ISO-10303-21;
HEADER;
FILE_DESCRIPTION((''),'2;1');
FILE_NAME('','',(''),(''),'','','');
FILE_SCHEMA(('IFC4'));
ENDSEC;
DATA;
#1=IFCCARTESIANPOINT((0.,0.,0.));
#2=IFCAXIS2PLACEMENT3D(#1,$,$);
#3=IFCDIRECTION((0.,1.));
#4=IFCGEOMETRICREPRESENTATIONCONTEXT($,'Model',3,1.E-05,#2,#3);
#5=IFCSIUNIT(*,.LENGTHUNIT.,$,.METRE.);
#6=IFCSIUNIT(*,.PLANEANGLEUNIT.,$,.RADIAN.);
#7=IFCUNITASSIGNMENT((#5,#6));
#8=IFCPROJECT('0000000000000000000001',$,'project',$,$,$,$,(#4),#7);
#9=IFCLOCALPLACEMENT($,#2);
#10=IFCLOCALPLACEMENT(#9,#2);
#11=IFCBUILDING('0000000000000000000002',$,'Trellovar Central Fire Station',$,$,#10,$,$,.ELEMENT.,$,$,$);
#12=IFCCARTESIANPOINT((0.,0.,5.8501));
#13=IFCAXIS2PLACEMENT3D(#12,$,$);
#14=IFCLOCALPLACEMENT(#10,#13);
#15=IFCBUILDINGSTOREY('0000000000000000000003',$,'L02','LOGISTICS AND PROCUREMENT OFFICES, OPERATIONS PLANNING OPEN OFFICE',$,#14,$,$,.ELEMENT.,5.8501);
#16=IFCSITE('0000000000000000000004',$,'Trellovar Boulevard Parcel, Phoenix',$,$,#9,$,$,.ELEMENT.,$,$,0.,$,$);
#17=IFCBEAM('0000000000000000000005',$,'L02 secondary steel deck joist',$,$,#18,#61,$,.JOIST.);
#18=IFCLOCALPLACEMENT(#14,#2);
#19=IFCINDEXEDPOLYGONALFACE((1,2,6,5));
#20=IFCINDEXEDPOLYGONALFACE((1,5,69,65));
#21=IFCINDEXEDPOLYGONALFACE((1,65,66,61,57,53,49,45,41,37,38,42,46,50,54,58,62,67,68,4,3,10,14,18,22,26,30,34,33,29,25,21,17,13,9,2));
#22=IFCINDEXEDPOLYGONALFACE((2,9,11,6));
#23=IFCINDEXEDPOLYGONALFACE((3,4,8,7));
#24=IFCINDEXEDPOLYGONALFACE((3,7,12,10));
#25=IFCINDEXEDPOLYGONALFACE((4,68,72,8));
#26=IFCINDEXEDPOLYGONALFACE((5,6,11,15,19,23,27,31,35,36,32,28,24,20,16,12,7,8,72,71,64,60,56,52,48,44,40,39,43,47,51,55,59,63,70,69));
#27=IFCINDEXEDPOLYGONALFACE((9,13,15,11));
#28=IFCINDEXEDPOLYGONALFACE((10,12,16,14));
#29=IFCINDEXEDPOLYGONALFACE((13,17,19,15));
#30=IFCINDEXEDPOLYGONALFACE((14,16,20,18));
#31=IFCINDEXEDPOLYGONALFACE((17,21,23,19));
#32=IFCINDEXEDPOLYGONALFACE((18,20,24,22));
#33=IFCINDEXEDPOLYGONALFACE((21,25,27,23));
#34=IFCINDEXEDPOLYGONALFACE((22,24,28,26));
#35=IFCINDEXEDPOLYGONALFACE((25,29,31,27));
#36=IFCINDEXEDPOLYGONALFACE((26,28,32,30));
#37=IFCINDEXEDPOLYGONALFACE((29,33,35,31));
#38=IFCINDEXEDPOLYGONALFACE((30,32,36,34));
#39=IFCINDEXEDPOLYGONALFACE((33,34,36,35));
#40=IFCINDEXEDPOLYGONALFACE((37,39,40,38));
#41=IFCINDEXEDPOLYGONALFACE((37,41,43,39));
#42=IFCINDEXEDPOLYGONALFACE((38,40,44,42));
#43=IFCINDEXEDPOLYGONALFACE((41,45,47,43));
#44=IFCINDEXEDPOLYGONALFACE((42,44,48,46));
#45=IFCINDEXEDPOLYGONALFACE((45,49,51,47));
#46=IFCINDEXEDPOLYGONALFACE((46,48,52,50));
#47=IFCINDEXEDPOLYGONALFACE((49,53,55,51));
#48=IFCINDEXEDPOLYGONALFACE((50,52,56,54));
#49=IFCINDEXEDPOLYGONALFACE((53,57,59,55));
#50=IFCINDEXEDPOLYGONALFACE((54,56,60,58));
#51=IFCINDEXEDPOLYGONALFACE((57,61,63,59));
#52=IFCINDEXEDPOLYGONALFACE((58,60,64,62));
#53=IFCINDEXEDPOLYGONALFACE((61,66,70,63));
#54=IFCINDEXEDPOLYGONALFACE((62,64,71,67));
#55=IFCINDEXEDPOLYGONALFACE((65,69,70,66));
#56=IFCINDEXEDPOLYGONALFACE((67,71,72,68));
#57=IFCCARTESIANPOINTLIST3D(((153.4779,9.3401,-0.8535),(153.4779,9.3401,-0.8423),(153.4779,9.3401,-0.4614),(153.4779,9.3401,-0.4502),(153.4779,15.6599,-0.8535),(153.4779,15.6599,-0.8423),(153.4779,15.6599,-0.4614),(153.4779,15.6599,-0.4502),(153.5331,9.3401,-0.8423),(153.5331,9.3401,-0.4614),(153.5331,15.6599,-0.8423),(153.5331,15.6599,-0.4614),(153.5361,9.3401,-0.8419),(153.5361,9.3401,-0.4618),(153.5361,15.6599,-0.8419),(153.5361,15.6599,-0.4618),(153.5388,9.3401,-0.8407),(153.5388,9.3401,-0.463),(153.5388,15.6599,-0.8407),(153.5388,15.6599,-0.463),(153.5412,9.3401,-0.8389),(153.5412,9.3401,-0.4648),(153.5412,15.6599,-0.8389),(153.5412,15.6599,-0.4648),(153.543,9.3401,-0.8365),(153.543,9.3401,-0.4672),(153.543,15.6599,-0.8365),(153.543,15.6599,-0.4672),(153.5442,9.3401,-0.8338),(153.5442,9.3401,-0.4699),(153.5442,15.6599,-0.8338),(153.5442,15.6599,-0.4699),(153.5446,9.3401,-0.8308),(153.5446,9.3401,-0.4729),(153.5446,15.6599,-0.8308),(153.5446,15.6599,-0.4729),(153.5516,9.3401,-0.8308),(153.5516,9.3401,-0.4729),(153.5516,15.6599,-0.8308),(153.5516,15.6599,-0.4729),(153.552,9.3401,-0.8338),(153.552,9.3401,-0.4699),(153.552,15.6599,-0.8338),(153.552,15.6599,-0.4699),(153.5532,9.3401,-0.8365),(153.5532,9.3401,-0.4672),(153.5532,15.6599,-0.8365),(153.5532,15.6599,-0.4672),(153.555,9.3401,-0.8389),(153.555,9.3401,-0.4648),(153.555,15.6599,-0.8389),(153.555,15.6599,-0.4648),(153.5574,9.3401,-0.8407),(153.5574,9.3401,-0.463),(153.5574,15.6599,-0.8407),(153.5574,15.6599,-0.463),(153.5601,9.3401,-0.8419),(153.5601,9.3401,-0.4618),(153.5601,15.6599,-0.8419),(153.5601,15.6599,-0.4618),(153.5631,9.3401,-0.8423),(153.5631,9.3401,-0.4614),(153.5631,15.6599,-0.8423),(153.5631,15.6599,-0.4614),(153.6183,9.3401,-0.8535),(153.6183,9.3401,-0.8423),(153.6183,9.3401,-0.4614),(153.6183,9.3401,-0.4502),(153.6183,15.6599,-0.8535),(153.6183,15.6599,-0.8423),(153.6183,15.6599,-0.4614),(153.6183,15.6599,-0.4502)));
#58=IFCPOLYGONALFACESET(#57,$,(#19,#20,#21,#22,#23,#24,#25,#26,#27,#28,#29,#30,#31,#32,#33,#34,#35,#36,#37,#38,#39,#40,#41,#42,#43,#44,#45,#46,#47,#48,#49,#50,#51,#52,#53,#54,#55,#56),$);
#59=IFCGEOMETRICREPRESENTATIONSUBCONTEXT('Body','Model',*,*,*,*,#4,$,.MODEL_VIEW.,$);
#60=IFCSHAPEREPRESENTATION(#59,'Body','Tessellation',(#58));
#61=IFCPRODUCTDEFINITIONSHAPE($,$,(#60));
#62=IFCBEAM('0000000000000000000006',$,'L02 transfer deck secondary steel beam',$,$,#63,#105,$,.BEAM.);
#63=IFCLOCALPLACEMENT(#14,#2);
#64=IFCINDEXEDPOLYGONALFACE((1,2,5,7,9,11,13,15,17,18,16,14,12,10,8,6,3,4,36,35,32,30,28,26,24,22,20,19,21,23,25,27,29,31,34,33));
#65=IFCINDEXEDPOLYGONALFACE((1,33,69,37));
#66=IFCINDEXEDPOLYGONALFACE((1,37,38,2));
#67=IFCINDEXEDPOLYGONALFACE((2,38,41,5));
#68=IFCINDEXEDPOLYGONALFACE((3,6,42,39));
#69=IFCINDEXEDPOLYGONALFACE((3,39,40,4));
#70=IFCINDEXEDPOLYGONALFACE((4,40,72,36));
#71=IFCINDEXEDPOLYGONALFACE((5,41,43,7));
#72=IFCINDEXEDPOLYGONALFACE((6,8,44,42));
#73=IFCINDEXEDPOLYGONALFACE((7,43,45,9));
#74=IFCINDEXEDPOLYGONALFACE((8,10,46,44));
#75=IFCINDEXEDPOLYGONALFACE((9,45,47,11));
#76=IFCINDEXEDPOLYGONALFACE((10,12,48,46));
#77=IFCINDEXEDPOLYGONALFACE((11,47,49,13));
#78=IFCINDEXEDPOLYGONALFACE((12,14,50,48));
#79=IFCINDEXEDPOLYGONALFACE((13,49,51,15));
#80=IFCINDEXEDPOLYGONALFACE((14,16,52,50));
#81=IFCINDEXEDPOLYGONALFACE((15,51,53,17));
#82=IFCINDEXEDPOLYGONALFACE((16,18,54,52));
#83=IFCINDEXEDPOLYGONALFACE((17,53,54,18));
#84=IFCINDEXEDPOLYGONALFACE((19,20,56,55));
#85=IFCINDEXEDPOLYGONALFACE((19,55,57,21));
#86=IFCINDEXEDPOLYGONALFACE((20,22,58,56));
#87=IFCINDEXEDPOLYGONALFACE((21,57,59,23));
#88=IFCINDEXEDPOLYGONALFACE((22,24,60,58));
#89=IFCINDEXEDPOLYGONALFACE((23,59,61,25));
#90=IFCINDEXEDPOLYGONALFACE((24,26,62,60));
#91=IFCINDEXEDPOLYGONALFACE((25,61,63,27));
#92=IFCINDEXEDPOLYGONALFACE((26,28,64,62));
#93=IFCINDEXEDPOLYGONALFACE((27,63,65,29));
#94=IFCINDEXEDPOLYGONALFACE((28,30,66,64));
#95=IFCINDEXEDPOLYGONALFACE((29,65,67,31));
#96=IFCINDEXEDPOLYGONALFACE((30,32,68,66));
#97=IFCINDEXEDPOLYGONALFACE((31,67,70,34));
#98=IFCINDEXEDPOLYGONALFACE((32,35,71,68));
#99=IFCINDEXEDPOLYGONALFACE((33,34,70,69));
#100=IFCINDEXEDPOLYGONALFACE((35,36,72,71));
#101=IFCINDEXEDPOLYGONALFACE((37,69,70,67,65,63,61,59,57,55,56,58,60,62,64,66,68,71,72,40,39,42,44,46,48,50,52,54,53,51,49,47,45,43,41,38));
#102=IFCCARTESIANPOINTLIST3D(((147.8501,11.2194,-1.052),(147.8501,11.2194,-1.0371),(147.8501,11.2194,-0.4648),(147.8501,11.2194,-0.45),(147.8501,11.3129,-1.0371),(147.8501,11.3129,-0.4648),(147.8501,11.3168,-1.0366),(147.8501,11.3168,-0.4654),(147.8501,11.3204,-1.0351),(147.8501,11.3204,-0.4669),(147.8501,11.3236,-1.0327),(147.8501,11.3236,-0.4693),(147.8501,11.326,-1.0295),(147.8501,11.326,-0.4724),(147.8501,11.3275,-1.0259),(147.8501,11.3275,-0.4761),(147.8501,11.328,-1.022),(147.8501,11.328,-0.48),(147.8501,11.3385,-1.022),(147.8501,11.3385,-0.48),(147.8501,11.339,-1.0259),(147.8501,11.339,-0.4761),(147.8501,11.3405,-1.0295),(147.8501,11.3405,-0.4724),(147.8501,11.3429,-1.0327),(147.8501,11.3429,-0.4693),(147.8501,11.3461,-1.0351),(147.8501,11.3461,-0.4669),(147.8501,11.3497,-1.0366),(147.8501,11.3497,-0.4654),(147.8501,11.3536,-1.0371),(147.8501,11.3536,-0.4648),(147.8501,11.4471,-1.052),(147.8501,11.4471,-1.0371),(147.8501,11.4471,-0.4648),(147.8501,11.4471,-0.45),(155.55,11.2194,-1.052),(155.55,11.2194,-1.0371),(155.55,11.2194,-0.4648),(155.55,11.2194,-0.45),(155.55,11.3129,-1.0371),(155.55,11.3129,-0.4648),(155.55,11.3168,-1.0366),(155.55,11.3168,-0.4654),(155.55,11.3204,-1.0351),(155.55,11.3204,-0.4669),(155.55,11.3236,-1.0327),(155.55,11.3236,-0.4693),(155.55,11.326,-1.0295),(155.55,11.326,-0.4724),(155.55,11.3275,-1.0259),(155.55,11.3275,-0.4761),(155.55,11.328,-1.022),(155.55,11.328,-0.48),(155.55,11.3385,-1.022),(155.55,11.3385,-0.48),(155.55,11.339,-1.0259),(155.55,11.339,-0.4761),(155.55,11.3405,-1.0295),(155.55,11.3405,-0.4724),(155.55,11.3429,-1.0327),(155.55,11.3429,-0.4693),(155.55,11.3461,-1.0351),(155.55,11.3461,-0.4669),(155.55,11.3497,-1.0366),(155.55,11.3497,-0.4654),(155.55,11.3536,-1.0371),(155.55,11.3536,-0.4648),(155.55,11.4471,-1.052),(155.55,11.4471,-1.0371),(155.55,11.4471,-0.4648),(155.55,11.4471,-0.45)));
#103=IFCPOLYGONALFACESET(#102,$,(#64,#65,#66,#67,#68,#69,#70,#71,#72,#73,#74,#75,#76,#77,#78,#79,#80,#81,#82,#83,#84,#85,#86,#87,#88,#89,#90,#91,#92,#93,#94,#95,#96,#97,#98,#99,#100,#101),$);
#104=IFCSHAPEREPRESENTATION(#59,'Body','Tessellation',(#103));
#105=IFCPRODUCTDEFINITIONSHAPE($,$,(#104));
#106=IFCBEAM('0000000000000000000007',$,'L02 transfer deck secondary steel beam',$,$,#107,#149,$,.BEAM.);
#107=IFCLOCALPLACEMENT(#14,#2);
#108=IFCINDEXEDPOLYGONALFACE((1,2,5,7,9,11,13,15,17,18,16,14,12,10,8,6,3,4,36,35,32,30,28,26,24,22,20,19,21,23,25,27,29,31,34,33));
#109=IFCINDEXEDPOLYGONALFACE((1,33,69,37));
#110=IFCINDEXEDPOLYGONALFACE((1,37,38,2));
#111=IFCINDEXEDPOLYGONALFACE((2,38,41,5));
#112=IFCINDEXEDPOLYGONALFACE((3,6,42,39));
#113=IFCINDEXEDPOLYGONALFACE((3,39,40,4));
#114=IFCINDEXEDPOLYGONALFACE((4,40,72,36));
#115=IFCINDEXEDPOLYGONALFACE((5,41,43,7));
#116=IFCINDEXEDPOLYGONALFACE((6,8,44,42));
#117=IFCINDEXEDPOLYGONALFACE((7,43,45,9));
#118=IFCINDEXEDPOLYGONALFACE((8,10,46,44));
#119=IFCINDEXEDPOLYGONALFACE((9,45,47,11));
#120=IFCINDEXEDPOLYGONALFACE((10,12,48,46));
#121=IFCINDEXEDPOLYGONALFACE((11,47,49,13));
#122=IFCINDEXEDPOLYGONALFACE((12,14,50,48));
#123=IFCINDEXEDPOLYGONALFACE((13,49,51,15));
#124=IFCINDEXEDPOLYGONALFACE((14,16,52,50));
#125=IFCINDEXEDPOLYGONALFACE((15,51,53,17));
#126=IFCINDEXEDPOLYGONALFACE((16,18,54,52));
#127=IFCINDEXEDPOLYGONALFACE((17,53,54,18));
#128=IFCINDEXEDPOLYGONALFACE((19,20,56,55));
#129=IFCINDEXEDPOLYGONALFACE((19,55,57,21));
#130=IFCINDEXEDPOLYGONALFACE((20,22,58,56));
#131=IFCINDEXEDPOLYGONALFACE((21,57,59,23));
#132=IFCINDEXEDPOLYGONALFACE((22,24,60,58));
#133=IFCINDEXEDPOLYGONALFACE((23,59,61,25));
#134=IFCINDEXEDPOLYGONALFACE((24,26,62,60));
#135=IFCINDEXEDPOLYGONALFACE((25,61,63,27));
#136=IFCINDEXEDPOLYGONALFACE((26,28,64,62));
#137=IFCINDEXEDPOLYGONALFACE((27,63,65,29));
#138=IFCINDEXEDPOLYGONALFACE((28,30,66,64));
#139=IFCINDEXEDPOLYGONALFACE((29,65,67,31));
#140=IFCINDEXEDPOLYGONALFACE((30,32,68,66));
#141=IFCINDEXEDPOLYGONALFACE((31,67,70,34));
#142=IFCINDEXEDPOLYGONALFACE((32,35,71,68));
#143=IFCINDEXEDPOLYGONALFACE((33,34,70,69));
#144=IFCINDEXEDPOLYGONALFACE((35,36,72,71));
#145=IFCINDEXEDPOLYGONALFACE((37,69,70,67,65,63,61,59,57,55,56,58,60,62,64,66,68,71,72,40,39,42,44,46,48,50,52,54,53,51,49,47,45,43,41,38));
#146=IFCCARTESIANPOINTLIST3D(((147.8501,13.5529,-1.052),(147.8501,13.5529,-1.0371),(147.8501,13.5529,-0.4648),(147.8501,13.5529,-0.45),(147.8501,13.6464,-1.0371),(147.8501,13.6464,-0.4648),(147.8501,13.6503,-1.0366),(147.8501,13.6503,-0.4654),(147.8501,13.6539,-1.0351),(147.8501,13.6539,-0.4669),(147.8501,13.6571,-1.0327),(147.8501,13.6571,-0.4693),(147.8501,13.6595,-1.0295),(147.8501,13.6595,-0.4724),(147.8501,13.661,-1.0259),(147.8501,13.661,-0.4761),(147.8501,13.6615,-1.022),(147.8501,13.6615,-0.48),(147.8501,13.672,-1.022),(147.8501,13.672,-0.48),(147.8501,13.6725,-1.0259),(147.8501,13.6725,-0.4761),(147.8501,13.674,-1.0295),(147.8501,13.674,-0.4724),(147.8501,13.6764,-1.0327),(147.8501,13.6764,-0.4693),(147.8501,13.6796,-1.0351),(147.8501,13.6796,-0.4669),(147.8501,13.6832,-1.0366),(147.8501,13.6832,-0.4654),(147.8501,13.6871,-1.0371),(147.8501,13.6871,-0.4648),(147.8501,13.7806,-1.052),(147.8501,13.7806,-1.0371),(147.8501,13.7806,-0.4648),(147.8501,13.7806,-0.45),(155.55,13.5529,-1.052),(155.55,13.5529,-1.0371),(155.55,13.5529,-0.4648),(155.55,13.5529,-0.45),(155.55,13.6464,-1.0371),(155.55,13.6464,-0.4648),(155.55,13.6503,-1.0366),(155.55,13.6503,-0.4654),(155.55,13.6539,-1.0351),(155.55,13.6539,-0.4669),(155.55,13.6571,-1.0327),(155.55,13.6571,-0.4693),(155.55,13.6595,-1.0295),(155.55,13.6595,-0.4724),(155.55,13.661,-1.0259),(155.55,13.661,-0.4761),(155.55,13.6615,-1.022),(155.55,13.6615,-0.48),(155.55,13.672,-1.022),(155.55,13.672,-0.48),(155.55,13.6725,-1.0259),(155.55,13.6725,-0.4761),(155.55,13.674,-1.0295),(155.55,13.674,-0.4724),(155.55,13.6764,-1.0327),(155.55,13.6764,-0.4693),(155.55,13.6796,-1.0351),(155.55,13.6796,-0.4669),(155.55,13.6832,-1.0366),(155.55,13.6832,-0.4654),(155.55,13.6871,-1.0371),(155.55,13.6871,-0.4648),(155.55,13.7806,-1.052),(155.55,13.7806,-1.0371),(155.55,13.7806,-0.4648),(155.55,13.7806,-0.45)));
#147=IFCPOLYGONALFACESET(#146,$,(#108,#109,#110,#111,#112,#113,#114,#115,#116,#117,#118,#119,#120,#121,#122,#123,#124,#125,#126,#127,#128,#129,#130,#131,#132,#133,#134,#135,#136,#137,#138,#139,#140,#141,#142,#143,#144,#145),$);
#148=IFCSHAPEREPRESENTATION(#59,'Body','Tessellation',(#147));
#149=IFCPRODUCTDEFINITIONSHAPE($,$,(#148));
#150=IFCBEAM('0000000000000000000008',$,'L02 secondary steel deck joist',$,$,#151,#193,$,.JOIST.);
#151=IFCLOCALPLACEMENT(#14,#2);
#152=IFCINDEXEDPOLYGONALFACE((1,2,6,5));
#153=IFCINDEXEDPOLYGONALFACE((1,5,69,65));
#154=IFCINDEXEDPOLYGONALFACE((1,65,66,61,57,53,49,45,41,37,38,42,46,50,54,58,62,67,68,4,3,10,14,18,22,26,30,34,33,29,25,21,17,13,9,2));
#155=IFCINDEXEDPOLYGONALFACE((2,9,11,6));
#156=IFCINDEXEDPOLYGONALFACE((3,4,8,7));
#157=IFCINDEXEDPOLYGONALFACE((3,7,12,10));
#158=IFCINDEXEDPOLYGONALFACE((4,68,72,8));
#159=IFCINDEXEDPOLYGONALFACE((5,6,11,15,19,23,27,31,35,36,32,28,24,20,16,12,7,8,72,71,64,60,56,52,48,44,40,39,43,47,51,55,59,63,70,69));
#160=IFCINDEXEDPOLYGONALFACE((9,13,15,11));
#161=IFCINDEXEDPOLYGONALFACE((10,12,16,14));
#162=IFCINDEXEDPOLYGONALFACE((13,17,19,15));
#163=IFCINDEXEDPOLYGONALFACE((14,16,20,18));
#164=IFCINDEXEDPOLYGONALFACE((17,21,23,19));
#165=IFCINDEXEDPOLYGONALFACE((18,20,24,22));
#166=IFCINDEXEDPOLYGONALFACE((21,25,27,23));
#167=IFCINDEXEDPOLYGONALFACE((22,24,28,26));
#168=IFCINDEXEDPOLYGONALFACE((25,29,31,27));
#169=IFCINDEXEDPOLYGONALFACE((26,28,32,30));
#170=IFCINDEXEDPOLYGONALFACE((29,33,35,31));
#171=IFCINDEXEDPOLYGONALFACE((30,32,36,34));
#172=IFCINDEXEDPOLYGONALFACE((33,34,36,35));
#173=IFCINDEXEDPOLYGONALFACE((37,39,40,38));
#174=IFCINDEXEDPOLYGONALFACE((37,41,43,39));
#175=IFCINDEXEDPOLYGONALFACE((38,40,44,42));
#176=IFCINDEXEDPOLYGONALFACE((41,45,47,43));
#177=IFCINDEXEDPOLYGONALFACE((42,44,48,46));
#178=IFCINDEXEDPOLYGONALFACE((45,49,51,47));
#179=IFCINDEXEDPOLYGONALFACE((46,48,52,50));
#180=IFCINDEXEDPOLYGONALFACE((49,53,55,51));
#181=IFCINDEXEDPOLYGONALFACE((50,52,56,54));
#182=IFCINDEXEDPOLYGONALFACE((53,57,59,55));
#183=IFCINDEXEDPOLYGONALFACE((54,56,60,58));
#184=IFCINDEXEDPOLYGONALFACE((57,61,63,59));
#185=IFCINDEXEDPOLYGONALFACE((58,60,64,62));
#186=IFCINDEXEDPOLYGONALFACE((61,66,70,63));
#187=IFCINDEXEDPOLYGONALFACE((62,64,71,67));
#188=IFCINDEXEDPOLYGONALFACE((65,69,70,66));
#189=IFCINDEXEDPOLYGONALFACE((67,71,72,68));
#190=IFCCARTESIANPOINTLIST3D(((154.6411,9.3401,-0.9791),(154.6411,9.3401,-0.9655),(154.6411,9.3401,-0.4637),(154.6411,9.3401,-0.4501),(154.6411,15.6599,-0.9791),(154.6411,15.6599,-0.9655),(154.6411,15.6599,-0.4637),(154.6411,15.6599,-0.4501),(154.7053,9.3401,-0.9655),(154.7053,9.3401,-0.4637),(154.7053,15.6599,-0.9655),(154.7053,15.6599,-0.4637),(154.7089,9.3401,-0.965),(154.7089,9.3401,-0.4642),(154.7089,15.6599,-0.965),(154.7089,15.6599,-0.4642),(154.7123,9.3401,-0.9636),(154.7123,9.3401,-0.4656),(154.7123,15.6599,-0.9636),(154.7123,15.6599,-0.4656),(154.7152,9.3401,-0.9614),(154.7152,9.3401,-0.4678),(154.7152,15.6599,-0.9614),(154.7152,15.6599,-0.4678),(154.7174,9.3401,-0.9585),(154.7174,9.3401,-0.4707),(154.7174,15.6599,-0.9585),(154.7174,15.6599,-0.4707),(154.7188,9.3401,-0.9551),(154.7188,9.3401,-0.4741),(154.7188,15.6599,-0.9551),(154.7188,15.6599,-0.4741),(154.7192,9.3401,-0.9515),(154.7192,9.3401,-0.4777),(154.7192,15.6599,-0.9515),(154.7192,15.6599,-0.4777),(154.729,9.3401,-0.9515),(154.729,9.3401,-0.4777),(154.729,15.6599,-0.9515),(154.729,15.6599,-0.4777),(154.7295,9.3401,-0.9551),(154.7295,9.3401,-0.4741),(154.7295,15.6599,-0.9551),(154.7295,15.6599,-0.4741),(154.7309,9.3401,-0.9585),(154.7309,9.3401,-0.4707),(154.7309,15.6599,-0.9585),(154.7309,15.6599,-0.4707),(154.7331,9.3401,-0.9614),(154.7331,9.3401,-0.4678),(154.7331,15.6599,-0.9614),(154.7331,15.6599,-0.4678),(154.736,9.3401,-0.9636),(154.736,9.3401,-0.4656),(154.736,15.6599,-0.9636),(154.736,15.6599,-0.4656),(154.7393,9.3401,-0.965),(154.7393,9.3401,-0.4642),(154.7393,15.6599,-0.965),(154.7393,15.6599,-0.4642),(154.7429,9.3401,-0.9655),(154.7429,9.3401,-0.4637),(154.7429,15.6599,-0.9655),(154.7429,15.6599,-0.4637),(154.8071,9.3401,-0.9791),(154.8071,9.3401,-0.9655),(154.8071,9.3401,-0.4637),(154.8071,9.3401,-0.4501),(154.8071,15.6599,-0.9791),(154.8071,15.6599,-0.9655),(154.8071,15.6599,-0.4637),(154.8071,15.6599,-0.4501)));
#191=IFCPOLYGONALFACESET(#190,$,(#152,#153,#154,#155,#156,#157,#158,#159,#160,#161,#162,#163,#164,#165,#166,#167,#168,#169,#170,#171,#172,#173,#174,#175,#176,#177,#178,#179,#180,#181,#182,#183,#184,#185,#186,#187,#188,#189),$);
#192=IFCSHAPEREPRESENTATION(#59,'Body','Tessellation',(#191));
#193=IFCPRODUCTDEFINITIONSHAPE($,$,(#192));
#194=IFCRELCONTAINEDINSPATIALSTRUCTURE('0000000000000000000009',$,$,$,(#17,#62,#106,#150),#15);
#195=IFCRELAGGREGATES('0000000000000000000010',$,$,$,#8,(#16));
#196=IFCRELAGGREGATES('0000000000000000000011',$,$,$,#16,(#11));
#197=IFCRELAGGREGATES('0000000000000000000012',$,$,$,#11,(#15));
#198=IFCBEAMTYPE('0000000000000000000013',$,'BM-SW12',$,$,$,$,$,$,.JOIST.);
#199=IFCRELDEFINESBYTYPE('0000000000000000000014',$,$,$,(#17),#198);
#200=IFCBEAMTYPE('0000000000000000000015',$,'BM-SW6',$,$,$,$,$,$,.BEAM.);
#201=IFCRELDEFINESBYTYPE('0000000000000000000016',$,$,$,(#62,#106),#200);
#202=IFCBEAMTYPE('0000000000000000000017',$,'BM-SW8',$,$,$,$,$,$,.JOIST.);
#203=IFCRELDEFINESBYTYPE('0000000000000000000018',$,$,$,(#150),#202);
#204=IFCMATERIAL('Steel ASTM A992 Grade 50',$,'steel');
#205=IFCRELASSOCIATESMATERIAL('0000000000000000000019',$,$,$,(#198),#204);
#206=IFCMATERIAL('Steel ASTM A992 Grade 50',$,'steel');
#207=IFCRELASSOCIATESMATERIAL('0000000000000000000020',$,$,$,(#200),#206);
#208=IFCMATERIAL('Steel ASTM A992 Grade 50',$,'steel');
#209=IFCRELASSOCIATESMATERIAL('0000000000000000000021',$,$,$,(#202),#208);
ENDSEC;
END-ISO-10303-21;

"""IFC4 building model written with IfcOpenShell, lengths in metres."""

from ifc_helpers import new_model, si_unit, direction, frame, origin, origin_2d, place, context, subcontext, project, spatial, i_section, extrude, material, material_profile, profile_set, type_object, element, save


model = new_model("IFC4")

# Units and contexts
model_context = context("Model", 3, precision=1e-05, world=origin(), true_north=direction((0.0, 1.0)))
body_context = subcontext(model_context, "Body", "Model", "MODEL_VIEW")
ifc_project = project(units=[si_unit("LENGTHUNIT", "METRE"), si_unit("PLANEANGLEUNIT", "RADIAN")], contexts=[model_context])

# Site, building, storey
site_placement = place(None, origin())
site = spatial("IfcSite", under=ifc_project, at=site_placement, Name="Trellovar Boulevard Parcel, Phoenix", CompositionType="ELEMENT", RefElevation=0.0)
building_placement = place(site_placement, origin())
building = spatial("IfcBuilding", under=site, at=building_placement, Name="Trellovar Central Fire Station", CompositionType="ELEMENT")
storey_placement = place(building_placement, frame((0.0, 0.0, 5.8501)))
storey = spatial("IfcBuildingStorey", under=building, at=storey_placement, Name="L02", Description="LOGISTICS AND PROCUREMENT OFFICES, OPERATIONS PLANNING OPEN OFFICE", CompositionType="ELEMENT", Elevation=5.8501)

# Beams
ifc_material_1 = material(Name="Steel ASTM A992 Grade 50", Category="steel")
ifc_material_profile_1 = material_profile(ifc_material_1, i_section(OverallWidth=0.1404, OverallDepth=0.4033, WebThickness=0.0071, FlangeThickness=0.0112, FilletRadius=0.0115, at=origin_2d()), Name="W16X31")
ifc_profile_set_1 = profile_set([ifc_material_profile_1], Name="Steel ASTM A992 Grade 50")
beam_type_1 = type_object("IfcBeamType", Name="BM-SW12", PredefinedType="JOIST", material=ifc_profile_set_1)
beam_1_placement = place(storey_placement, frame((153.5481, 9.3401, -0.6519), z_axis=(0.0, 1.0, 0.0), x_axis=(-1.0, 0.0, 0.0)))
element("IfcBeam", 1, at=beam_1_placement, inside=storey, type_object=beam_type_1, Name="L02 secondary steel deck joist", PredefinedType="JOIST", context=body_context, shape_type="SweptSolid", body=[
    extrude(i_section(OverallWidth=0.1404, OverallDepth=0.4033, WebThickness=0.0071, FlangeThickness=0.0112, FilletRadius=0.0115, at=origin_2d()), origin(), (0.0, 0.0, 1.0), 6.3198),
])
ifc_material_2 = material(Name="Steel ASTM A992 Grade 50", Category="steel")
ifc_material_profile_2 = material_profile(ifc_material_2, i_section(OverallWidth=0.2278, OverallDepth=0.6021, WebThickness=0.0105, FlangeThickness=0.0149, FilletRadius=0.0151, at=origin_2d()), Name="W24X68")
ifc_profile_set_2 = profile_set([ifc_material_profile_2], Name="Steel ASTM A992 Grade 50")
beam_type_2 = type_object("IfcBeamType", Name="BM-SW6", PredefinedType="BEAM", material=ifc_profile_set_2)
for number, where, z_axis, x_axis, name in (
    (2, (147.8501, 11.3333, -0.751), (1.0, 0.0, 0.0), (0.0, 1.0, 0.0), "L02 transfer deck secondary steel beam"),
    (3, (147.8501, 13.6667, -0.751), (1.0, 0.0, 0.0), (0.0, 1.0, 0.0), "L02 transfer deck secondary steel beam"),
):
    element("IfcBeam", number, at=place(storey_placement, frame(where, z_axis=z_axis, x_axis=x_axis)), inside=storey, type_object=beam_type_2, Name=name, PredefinedType="BEAM", context=body_context, shape_type="SweptSolid", body=[
        extrude(i_section(OverallWidth=0.2278, OverallDepth=0.6021, WebThickness=0.0105, FlangeThickness=0.0149, FilletRadius=0.0151, at=origin_2d()), origin(), (0.0, 0.0, 1.0), 7.7),
    ])
ifc_material_3 = material(Name="Steel ASTM A992 Grade 50", Category="steel")
ifc_material_profile_3 = material_profile(ifc_material_3, i_section(OverallWidth=0.166, OverallDepth=0.5291, WebThickness=0.0098, FlangeThickness=0.0137, FilletRadius=0.0139, at=origin_2d()), Name="W21X50")
ifc_profile_set_3 = profile_set([ifc_material_profile_3], Name="Steel ASTM A992 Grade 50")
beam_type_3 = type_object("IfcBeamType", Name="BM-SW8", PredefinedType="JOIST", material=ifc_profile_set_3)
beam_2_placement = place(storey_placement, frame((154.7241, 9.3401, -0.7146), z_axis=(0.0, 1.0, 0.0), x_axis=(-1.0, 0.0, 0.0)))
element("IfcBeam", 4, at=beam_2_placement, inside=storey, type_object=beam_type_3, Name="L02 secondary steel deck joist", PredefinedType="JOIST", context=body_context, shape_type="SweptSolid", body=[
    extrude(i_section(OverallWidth=0.166, OverallDepth=0.5291, WebThickness=0.0098, FlangeThickness=0.0137, FilletRadius=0.0139, at=origin_2d()), origin(), (0.0, 0.0, 1.0), 6.3198),
])

save(model, "model.ifc")
